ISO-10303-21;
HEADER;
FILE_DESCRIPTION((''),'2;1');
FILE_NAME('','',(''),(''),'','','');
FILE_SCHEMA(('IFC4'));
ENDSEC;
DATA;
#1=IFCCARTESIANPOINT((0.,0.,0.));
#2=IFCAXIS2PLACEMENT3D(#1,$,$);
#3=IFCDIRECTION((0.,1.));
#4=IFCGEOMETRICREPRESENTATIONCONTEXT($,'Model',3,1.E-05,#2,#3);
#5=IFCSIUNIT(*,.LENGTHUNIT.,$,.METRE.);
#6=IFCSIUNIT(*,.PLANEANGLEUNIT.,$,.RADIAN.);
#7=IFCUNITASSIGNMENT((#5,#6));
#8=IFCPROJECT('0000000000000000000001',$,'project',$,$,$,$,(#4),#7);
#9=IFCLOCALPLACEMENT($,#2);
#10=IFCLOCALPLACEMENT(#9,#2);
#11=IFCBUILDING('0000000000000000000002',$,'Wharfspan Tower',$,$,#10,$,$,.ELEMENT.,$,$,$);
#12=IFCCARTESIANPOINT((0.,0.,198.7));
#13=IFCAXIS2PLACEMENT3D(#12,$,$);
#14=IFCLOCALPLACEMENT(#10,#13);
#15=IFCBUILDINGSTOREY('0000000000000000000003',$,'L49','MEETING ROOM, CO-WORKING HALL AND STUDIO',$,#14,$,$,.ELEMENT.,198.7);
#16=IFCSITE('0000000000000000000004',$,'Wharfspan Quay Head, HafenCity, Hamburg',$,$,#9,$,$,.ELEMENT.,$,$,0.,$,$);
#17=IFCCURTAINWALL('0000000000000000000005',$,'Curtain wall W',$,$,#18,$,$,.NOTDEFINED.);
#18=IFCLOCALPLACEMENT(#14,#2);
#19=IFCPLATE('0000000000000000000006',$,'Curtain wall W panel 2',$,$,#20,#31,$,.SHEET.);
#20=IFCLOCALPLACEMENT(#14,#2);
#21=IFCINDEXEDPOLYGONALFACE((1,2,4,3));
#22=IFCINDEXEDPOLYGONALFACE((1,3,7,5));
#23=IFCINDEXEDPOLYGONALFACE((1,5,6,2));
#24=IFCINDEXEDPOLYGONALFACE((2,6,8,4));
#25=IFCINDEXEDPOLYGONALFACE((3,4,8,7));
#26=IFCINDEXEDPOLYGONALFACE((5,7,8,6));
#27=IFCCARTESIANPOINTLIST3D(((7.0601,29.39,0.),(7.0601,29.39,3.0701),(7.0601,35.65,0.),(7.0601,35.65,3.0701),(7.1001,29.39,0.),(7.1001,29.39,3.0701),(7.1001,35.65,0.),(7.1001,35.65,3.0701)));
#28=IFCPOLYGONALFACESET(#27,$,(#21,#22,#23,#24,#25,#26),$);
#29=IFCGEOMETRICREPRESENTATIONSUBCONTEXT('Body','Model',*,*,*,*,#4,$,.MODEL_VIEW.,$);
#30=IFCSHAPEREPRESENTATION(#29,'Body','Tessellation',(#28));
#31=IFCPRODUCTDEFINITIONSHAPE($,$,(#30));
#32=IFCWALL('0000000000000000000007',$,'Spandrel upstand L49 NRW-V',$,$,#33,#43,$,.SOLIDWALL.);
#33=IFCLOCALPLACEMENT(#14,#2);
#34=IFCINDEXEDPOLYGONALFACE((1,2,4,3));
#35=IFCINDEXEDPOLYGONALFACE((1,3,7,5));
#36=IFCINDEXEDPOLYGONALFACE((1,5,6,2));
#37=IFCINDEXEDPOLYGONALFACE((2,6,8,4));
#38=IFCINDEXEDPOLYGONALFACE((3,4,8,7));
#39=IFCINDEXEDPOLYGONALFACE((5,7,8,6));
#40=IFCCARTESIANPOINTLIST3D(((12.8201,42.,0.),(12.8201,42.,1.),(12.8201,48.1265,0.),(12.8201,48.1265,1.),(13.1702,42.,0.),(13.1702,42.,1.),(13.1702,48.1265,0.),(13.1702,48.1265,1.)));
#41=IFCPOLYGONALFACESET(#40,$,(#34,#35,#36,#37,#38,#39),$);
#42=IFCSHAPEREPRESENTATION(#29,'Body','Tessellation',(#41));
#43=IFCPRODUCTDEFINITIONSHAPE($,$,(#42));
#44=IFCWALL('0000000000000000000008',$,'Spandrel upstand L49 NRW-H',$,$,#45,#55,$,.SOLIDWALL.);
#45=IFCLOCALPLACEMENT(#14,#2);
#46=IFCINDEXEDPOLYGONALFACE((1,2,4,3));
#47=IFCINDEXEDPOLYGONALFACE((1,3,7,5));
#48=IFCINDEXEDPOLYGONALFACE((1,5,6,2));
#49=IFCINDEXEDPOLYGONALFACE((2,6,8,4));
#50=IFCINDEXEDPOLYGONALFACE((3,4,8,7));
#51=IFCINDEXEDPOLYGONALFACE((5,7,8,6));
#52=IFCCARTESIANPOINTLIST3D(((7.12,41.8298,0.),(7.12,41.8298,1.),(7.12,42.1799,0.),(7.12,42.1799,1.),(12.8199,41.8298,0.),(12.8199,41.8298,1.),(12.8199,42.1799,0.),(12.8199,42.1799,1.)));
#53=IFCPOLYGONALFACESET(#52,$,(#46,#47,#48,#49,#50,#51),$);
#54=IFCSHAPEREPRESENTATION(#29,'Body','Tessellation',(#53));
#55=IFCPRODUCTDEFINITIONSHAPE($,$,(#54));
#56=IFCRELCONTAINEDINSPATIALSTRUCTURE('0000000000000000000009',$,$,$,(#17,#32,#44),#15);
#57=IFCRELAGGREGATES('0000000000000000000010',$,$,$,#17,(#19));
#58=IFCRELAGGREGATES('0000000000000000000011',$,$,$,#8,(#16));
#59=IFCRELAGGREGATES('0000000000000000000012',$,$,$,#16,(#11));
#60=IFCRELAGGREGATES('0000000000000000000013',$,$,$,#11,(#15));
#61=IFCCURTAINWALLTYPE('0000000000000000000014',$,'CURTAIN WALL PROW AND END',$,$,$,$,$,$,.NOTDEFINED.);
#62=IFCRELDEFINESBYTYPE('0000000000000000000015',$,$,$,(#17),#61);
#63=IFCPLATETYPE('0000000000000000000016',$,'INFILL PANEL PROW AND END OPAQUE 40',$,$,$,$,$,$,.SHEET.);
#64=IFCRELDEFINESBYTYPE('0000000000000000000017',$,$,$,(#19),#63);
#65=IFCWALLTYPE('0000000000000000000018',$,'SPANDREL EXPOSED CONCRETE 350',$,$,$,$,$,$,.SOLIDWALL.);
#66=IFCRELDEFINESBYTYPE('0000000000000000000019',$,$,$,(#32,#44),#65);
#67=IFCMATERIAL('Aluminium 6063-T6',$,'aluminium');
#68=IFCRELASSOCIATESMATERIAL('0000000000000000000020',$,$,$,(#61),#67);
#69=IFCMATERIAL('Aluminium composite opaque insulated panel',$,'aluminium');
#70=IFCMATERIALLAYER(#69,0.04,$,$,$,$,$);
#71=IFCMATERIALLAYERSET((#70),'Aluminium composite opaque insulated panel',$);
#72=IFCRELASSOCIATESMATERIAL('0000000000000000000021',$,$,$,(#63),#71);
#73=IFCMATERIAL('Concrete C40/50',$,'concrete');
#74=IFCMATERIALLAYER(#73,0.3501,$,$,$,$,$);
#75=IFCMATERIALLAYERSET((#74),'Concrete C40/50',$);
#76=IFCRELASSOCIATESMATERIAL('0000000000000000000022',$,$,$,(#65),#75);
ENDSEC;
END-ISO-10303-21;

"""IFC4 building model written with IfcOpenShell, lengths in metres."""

from ifc_helpers import new_model, si_unit, direction, frame, frame_2d, origin, origin_2d, place, context, subcontext, project, spatial, rectangle, extrude, material, layer, layer_set, type_object, element, aggregate, save


model = new_model("IFC4")

# Units and contexts
model_context = context("Model", 3, precision=1e-05, world=origin(), true_north=direction((0.0, 1.0)))
body_context = subcontext(model_context, "Body", "Model", "MODEL_VIEW")
ifc_project = project(units=[si_unit("LENGTHUNIT", "METRE"), si_unit("PLANEANGLEUNIT", "RADIAN")], contexts=[model_context])

# Site, building, storey
site_placement = place(None, origin())
site = spatial("IfcSite", under=ifc_project, at=site_placement, Name="Wharfspan Quay Head, HafenCity, Hamburg", CompositionType="ELEMENT", RefElevation=0.0)
building_placement = place(site_placement, origin())
building = spatial("IfcBuilding", under=site, at=building_placement, Name="Wharfspan Tower", CompositionType="ELEMENT")
storey_placement = place(building_placement, frame((0.0, 0.0, 198.7)))
storey = spatial("IfcBuildingStorey", under=building, at=storey_placement, Name="L49", Description="MEETING ROOM, CO-WORKING HALL AND STUDIO", CompositionType="ELEMENT", Elevation=198.7)

# Curtain wall
ifc_material_1 = material(Name="Aluminium 6063-T6", Category="aluminium")
curtain_wall_type = type_object("IfcCurtainWallType", Name="CURTAIN WALL PROW AND END", PredefinedType="NOTDEFINED", material=ifc_material_1)
curtain_wall_1_placement = place(storey_placement, origin())
curtain_wall_1 = element("IfcCurtainWall", 1, at=curtain_wall_1_placement, inside=storey, type_object=curtain_wall_type, Name="Curtain wall W", PredefinedType="NOTDEFINED")

# Plate
ifc_material_2 = material(Name="Aluminium composite opaque insulated panel", Category="aluminium")
ifc_layer_1 = layer(ifc_material_2, 0.04)
ifc_layer_set_1 = layer_set([ifc_layer_1], Name="Aluminium composite opaque insulated panel")
plate_type_1 = type_object("IfcPlateType", Name="INFILL PANEL PROW AND END OPAQUE 40", PredefinedType="SHEET", material=ifc_layer_set_1)
plate_1_placement = place(storey_placement, frame((7.0801, 32.52, 0.0), z_axis=(0.0, 0.0, 1.0), x_axis=(0.0, -1.0, 0.0)))
plate_1 = element("IfcPlate", 2, at=plate_1_placement, type_object=plate_type_1, Name="Curtain wall W panel 2", PredefinedType="SHEET", context=body_context, shape_type="SweptSolid", body=[
    extrude(rectangle(XDim=6.26, YDim=0.04, at=origin_2d()), origin(), (0.0, 0.0, 1.0), 3.0701),
])
aggregate(curtain_wall_1, [plate_1])

# Walls
ifc_material_3 = material(Name="Concrete C40/50", Category="concrete")
ifc_layer_2 = layer(ifc_material_3, 0.3501)
ifc_layer_set_2 = layer_set([ifc_layer_2], Name="Concrete C40/50")
wall_type = type_object("IfcWallType", Name="SPANDREL EXPOSED CONCRETE 350", PredefinedType="SOLIDWALL", material=ifc_layer_set_2)
wall_1_placement = place(storey_placement, frame((12.9951, 48.1265, 0.0), z_axis=(0.0, 0.0, 1.0), x_axis=(0.0, -1.0, 0.0)))
element("IfcWall", 3, at=wall_1_placement, inside=storey, type_object=wall_type, Name="Spandrel upstand L49 NRW-V", PredefinedType="SOLIDWALL", context=body_context, shape_type="SweptSolid", body=[
    extrude(rectangle(XDim=6.1265, YDim=0.3501, at=frame_2d((3.0632, 0.0))), origin(), (0.0, 0.0, 1.0), 1.0),
])
wall_2_placement = place(storey_placement, frame((12.8201, 42.0049, 0.0), z_axis=(0.0, 0.0, 1.0), x_axis=(-1.0, 0.0, 0.0)))
element("IfcWall", 4, at=wall_2_placement, inside=storey, type_object=wall_type, Name="Spandrel upstand L49 NRW-H", PredefinedType="SOLIDWALL", context=body_context, shape_type="SweptSolid", body=[
    extrude(rectangle(XDim=5.7, YDim=0.3501, at=frame_2d((2.8501, 0.0))), origin(), (0.0, 0.0, 1.0), 1.0),
])

save(model, "model.ifc")
